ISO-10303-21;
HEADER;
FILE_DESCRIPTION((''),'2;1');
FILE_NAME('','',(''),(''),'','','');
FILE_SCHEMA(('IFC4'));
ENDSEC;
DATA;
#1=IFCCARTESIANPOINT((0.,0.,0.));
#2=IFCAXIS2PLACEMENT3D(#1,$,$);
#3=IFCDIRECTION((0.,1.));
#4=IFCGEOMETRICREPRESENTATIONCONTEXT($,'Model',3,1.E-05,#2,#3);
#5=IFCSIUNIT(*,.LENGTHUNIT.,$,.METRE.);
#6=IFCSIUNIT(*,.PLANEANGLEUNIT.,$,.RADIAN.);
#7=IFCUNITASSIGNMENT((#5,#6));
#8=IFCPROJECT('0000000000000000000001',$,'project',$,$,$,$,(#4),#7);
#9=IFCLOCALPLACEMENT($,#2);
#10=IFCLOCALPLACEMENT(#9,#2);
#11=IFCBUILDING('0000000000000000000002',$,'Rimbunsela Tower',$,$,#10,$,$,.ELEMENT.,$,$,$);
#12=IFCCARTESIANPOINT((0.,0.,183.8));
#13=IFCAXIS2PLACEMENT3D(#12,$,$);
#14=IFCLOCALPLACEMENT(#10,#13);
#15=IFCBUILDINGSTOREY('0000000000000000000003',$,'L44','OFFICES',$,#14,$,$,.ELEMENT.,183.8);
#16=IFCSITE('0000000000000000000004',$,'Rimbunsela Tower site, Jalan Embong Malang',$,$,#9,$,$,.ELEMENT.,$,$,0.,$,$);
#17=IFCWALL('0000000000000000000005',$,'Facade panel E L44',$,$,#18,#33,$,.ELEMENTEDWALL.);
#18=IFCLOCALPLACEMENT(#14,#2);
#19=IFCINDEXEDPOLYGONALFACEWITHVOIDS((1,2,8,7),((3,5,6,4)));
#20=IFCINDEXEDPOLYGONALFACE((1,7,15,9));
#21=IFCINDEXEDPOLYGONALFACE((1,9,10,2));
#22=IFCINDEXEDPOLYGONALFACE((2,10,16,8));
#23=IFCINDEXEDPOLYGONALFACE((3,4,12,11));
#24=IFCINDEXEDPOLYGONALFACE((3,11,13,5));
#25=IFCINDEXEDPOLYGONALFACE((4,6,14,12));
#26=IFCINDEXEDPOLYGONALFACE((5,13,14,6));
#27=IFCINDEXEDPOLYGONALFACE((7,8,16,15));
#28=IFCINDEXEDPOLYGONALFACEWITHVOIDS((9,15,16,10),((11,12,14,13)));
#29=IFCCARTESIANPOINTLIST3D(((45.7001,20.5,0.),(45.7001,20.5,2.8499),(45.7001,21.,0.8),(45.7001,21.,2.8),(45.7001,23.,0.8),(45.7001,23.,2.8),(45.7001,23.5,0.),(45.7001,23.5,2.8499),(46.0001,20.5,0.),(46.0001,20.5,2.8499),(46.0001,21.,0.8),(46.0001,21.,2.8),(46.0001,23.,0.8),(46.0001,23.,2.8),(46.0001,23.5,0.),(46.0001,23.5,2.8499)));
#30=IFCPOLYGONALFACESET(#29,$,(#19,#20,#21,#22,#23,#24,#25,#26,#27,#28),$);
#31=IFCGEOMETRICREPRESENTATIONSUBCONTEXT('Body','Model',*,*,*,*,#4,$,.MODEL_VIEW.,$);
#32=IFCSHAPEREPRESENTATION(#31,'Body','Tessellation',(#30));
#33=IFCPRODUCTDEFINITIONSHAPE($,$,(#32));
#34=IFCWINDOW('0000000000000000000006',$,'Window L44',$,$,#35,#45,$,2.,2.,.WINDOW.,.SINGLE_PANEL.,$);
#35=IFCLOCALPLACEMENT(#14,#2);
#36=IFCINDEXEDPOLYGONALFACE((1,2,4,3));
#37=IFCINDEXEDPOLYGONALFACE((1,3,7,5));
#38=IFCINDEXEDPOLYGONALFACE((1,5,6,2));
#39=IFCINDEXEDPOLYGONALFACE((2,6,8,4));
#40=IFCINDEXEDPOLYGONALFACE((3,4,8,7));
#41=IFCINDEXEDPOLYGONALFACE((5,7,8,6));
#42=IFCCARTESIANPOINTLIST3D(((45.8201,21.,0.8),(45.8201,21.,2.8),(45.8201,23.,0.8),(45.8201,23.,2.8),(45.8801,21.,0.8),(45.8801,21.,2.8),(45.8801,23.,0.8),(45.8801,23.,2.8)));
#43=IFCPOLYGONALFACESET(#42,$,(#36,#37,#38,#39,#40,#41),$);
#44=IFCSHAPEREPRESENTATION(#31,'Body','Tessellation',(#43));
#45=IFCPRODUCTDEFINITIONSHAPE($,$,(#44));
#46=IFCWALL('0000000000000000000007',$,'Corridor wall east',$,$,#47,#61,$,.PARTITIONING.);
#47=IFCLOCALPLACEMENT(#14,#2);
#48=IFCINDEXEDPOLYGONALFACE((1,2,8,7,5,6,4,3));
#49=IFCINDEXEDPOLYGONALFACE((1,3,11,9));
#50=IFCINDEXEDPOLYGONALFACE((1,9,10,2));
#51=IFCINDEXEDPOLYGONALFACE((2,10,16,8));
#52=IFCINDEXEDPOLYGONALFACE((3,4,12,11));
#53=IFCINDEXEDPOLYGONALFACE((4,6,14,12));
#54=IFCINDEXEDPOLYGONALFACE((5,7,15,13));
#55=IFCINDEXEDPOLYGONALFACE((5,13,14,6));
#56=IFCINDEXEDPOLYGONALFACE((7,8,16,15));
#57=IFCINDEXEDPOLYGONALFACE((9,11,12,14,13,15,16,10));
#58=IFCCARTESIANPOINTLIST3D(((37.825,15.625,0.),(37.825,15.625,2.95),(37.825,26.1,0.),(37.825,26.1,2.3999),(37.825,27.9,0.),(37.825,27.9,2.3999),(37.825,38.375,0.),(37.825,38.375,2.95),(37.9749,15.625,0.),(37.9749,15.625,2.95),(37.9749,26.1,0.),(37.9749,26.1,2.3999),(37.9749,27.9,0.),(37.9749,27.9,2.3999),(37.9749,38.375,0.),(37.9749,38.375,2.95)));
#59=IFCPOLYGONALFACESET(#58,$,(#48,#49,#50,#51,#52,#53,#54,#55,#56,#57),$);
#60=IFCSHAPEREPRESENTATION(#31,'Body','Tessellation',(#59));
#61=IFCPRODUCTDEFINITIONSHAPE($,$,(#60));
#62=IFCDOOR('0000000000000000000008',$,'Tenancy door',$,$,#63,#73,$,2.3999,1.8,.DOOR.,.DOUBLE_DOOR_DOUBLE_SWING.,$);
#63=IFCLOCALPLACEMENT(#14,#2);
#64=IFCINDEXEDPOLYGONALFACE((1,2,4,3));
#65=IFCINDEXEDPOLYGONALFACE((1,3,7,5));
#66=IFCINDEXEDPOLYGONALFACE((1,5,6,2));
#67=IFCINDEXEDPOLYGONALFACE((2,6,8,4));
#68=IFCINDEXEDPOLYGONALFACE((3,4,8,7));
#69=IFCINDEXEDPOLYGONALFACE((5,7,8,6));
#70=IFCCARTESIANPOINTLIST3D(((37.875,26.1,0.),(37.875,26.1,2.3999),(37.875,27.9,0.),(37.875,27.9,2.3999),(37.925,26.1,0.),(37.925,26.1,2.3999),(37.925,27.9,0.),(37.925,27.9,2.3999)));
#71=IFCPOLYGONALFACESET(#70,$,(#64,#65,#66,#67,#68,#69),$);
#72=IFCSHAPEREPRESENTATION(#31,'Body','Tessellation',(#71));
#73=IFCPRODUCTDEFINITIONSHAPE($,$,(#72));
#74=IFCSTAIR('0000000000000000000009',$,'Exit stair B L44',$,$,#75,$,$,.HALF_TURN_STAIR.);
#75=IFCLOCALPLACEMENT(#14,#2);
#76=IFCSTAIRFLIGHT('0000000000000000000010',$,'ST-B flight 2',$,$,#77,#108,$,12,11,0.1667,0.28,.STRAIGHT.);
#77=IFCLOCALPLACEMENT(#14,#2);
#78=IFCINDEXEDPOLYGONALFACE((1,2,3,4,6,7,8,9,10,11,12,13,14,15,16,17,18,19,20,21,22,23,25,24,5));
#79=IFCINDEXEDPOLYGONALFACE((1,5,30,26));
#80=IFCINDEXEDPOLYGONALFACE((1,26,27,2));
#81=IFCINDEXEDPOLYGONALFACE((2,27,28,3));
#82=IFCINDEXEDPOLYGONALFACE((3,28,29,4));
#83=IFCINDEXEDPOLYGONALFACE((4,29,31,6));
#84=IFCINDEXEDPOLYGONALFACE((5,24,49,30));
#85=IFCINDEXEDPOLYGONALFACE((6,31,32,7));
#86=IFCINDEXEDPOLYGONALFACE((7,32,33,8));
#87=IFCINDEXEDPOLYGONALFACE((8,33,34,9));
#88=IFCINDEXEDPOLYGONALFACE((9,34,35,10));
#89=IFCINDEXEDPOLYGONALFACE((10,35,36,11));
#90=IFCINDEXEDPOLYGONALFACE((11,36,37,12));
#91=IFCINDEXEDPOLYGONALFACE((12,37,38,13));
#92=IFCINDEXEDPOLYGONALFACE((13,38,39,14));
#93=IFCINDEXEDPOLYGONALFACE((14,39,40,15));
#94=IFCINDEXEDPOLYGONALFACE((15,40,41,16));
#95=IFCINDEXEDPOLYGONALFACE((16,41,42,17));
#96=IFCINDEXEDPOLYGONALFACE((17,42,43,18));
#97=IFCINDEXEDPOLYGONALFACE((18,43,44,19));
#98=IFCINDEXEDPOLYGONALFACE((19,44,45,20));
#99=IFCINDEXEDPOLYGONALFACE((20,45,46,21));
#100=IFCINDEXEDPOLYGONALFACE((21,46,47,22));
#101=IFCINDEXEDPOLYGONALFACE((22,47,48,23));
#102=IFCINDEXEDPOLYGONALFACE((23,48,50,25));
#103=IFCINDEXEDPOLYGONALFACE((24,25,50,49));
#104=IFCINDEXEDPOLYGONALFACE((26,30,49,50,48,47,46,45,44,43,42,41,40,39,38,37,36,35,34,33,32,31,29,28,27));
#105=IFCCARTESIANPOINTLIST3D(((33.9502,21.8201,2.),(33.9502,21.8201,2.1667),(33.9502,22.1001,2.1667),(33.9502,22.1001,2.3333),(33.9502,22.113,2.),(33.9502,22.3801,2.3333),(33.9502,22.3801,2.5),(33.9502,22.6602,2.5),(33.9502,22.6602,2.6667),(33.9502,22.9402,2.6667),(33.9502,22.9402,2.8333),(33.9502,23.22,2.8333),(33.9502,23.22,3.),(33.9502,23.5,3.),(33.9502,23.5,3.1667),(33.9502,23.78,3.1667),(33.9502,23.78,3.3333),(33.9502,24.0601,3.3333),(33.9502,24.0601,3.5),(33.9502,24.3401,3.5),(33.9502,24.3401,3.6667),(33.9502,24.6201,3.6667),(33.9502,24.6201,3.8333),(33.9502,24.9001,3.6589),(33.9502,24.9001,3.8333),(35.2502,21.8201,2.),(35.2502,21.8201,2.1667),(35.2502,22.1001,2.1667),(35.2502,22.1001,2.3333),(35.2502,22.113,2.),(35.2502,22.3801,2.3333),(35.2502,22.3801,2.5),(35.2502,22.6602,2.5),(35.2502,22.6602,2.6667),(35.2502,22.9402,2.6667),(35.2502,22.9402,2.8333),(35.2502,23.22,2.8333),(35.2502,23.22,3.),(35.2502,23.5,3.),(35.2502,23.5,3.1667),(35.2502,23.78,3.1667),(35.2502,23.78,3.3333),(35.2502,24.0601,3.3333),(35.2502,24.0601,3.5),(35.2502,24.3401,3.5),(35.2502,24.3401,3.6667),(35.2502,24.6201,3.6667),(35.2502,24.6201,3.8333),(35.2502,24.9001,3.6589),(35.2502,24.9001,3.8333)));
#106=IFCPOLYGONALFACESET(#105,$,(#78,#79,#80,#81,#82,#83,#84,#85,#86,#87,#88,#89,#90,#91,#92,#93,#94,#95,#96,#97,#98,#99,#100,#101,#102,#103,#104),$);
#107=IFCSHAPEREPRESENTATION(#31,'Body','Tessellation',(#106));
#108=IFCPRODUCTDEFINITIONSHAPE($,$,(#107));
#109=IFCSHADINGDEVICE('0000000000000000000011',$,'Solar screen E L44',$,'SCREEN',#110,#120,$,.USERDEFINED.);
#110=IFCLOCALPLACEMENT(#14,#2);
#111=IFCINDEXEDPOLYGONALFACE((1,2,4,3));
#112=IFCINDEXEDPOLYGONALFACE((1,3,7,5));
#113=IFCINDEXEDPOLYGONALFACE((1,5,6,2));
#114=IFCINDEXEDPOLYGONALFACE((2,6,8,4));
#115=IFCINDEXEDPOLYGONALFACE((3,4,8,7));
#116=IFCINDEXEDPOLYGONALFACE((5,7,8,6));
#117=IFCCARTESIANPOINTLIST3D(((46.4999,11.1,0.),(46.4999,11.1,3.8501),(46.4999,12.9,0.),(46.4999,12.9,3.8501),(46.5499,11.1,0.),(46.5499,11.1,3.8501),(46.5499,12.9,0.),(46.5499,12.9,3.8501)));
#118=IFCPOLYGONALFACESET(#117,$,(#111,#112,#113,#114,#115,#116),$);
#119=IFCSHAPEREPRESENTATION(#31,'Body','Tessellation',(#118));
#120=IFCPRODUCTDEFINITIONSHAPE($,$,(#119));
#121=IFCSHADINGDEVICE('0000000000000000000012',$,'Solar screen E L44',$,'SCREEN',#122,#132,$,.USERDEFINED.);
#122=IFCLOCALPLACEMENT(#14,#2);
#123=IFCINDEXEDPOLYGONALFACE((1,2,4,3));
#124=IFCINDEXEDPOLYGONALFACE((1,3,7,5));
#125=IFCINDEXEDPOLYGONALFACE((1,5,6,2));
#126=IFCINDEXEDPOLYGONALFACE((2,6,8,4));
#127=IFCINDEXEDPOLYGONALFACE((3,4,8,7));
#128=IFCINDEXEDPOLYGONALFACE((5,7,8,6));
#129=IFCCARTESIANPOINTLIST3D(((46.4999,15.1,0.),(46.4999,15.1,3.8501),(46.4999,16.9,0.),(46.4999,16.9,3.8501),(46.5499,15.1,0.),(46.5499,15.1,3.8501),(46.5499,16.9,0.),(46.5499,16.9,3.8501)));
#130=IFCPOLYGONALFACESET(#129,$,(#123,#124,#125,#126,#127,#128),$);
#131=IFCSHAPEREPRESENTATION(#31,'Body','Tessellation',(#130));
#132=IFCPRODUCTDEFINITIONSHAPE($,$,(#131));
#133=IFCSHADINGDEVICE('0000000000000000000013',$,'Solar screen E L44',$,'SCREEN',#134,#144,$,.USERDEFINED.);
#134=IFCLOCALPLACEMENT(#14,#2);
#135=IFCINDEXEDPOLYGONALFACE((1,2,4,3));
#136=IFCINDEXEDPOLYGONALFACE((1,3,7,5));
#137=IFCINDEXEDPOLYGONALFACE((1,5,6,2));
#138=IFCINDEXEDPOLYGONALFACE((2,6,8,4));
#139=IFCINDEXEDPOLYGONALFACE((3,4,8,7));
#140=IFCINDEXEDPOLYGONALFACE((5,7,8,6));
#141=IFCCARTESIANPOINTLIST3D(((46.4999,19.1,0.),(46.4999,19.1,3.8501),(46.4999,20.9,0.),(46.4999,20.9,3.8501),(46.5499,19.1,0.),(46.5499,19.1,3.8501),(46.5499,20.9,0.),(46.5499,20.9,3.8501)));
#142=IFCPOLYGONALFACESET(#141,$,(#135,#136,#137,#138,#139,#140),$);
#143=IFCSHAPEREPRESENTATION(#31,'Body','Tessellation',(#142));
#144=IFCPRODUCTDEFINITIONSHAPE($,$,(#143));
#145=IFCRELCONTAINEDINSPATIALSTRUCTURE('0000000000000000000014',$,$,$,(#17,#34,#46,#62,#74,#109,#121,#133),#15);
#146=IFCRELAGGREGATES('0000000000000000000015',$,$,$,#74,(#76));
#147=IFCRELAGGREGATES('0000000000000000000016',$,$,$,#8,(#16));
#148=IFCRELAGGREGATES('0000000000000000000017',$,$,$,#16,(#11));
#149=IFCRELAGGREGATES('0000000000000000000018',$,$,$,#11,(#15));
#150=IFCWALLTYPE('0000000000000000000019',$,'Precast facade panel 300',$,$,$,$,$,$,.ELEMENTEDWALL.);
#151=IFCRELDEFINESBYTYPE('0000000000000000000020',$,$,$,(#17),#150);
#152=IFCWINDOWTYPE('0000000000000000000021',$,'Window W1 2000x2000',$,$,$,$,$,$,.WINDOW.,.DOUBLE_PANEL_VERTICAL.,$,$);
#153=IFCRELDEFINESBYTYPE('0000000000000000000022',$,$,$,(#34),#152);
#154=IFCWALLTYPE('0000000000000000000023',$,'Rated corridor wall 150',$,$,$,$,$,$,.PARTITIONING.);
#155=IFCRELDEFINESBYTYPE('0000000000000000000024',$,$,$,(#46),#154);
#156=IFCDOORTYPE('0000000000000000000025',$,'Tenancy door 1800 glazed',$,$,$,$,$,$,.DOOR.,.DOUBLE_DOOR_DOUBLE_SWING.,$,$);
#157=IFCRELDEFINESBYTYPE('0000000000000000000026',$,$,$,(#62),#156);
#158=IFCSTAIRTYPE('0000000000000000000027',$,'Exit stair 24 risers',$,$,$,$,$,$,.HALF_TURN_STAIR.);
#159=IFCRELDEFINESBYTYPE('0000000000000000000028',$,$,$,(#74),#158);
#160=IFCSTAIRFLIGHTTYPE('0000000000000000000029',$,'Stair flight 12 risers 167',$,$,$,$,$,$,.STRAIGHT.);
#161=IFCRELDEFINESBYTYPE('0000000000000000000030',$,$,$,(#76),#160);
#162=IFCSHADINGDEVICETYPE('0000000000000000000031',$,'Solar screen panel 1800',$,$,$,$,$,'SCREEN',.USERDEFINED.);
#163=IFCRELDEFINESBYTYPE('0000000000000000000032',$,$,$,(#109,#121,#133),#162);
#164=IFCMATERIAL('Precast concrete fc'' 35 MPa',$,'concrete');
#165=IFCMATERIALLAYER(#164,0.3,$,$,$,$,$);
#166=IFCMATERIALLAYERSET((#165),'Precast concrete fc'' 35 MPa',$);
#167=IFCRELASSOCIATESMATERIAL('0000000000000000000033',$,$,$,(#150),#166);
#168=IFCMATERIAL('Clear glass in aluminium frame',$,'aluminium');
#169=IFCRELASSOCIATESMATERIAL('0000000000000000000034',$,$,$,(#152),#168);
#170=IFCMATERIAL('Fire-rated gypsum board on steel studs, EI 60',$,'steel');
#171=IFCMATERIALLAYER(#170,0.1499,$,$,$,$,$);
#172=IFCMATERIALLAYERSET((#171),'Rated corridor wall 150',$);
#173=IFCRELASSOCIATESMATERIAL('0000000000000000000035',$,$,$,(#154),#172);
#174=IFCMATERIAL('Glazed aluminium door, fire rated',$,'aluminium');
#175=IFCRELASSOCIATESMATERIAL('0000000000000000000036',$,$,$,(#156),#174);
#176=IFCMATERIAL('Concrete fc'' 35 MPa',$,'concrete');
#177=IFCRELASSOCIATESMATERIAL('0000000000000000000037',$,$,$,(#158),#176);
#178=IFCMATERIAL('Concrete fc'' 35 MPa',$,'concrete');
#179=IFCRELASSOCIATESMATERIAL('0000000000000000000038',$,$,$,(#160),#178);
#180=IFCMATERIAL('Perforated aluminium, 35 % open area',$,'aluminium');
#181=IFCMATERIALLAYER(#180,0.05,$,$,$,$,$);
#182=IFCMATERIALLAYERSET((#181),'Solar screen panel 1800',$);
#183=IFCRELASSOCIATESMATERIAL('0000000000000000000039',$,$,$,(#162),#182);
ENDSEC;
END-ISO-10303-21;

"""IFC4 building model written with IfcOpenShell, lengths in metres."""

from ifc_helpers import new_model, si_unit, direction, frame, frame_2d, origin, origin_2d, place, context, subcontext, project, spatial, polyline, rectangle, outline, extrude, material, layer, layer_set, type_object, element, fill, aggregate, save


model = new_model("IFC4")

# Units and contexts
model_context = context("Model", 3, precision=1e-05, world=origin(), true_north=direction((0.0, 1.0)))
body_context = subcontext(model_context, "Body", "Model", "MODEL_VIEW")
ifc_project = project(units=[si_unit("LENGTHUNIT", "METRE"), si_unit("PLANEANGLEUNIT", "RADIAN")], contexts=[model_context])

# Site, building, storey
site_placement = place(None, origin())
site = spatial("IfcSite", under=ifc_project, at=site_placement, Name="Rimbunsela Tower site, Jalan Embong Malang", CompositionType="ELEMENT", RefElevation=0.0)
building_placement = place(site_placement, origin())
building = spatial("IfcBuilding", under=site, at=building_placement, Name="Rimbunsela Tower", CompositionType="ELEMENT")
storey_placement = place(building_placement, frame((0.0, 0.0, 183.8)))
storey = spatial("IfcBuildingStorey", under=building, at=storey_placement, Name="L44", Description="OFFICES", CompositionType="ELEMENT", Elevation=183.8)

# Shared definitions
ifc_material_1 = material(Name="Precast concrete fc' 35 MPa", Category="concrete")
ifc_layer_1 = layer(ifc_material_1, 0.3)
ifc_layer_set_1 = layer_set([ifc_layer_1], Name="Precast concrete fc' 35 MPa")
wall_type_1 = type_object("IfcWallType", Name="Precast facade panel 300", PredefinedType="ELEMENTEDWALL", material=ifc_layer_set_1)

# Wall, opening, window
ifc_material_2 = material(Name="Clear glass in aluminium frame", Category="aluminium")
window_type = type_object("IfcWindowType", Name="Window W1 2000x2000", PartitioningType="DOUBLE_PANEL_VERTICAL", PredefinedType="WINDOW", material=ifc_material_2)
wall_1_placement = place(storey_placement, frame((45.8501, 20.5, 0.0), z_axis=(0.0, 0.0, 1.0), x_axis=(0.0, 1.0, 0.0)))
wall_1 = element("IfcWall", 1, at=wall_1_placement, inside=storey, type_object=wall_type_1, Name="Facade panel E L44", PredefinedType="ELEMENTEDWALL", context=body_context, shape_type="SweptSolid", body=[
    extrude(rectangle(XDim=3.0, YDim=0.3, at=frame_2d((1.5, 0.0))), origin(), (0.0, 0.0, 1.0), 2.8499),
])
opening_1_placement = place(wall_1_placement, frame((0.5, 0.0, 0.8)))
opening_1 = element("IfcOpeningElement", 2, at=opening_1_placement, cuts=wall_1, PredefinedType="OPENING", context=body_context, shape_type="SweptSolid", body=[
    extrude(rectangle(XDim=2.0, YDim=2.0, at=frame_2d((1.0, 1.0))), frame((0.0, 0.1599, 0.0), z_axis=(0.0, -1.0, 0.0), x_axis=(1.0, 0.0, 0.0)), (0.0, 0.0, 1.0), 0.3201),
])
window_1_placement = place(opening_1_placement, origin())
window_1 = element("IfcWindow", 3, at=window_1_placement, inside=storey, type_object=window_type, Name="Window L44", OverallHeight=2.0, OverallWidth=2.0, PartitioningType="SINGLE_PANEL", PredefinedType="WINDOW", context=body_context, shape_type="SweptSolid", body=[
    extrude(rectangle(XDim=2.0, YDim=2.0, at=frame_2d((1.0, 1.0))), frame((0.0, 0.03, 0.0), z_axis=(0.0, -1.0, 0.0), x_axis=(1.0, 0.0, 0.0)), (0.0, 0.0, 1.0), 0.0601),
])
fill(opening_1, window_1)

# Wall, opening, door
ifc_material_3 = material(Name="Fire-rated gypsum board on steel studs, EI 60", Category="steel")
ifc_layer_2 = layer(ifc_material_3, 0.1499)
ifc_layer_set_2 = layer_set([ifc_layer_2], Name="Rated corridor wall 150")
wall_type_2 = type_object("IfcWallType", Name="Rated corridor wall 150", PredefinedType="PARTITIONING", material=ifc_layer_set_2)
wall_2_placement = place(storey_placement, frame((37.8999, 15.625, 0.0), z_axis=(0.0, 0.0, 1.0), x_axis=(0.0, 1.0, 0.0)))
wall_2 = element("IfcWall", 4, at=wall_2_placement, inside=storey, type_object=wall_type_2, Name="Corridor wall east", PredefinedType="PARTITIONING", context=body_context, shape_type="SweptSolid", body=[
    extrude(rectangle(XDim=22.75, YDim=0.1499, at=frame_2d((11.375, 0.0))), origin(), (0.0, 0.0, 1.0), 2.95),
])
opening_2_placement = place(wall_2_placement, frame((10.4751, 0.0, 0.0)))
opening_2 = element("IfcOpeningElement", 5, at=opening_2_placement, cuts=wall_2, PredefinedType="OPENING", context=body_context, shape_type="SweptSolid", body=[
    extrude(rectangle(XDim=1.8, YDim=2.3999, at=frame_2d((0.8999, 1.2))), frame((0.0, 0.085, 0.0), z_axis=(0.0, -1.0, 0.0), x_axis=(1.0, 0.0, 0.0)), (0.0, 0.0, 1.0), 0.1699),
])
ifc_material_4 = material(Name="Glazed aluminium door, fire rated", Category="aluminium")
door_type_1 = type_object("IfcDoorType", Name="Tenancy door 1800 glazed", OperationType="DOUBLE_DOOR_DOUBLE_SWING", PredefinedType="DOOR", material=ifc_material_4)
door_1_placement = place(opening_2_placement, origin())
door_1 = element("IfcDoor", 6, at=door_1_placement, inside=storey, type_object=door_type_1, Name="Tenancy door", OperationType="DOUBLE_DOOR_DOUBLE_SWING", OverallHeight=2.3999, OverallWidth=1.8, PredefinedType="DOOR", context=body_context, shape_type="SweptSolid", body=[
    extrude(rectangle(XDim=1.8, YDim=2.3999, at=frame_2d((0.8999, 1.2))), frame((0.0, 0.0249, 0.0), z_axis=(0.0, -1.0, 0.0), x_axis=(1.0, 0.0, 0.0)), (0.0, 0.0, 1.0), 0.05),
])
fill(opening_2, door_1)

# Stair, stair flight
ifc_material_5 = material(Name="Concrete fc' 35 MPa", Category="concrete")
stair_type = type_object("IfcStairType", Name="Exit stair 24 risers", PredefinedType="HALF_TURN_STAIR", material=ifc_material_5)
stair_placement = place(storey_placement, origin())
stair = element("IfcStair", 7, at=stair_placement, inside=storey, type_object=stair_type, Name="Exit stair B L44", PredefinedType="HALF_TURN_STAIR")
ifc_material_6 = material(Name="Concrete fc' 35 MPa", Category="concrete")
stair_flight_type = type_object("IfcStairFlightType", Name="Stair flight 12 risers 167", PredefinedType="STRAIGHT", material=ifc_material_6)
stair_flight_placement = place(storey_placement, frame((34.6001, 21.8201, 2.0), z_axis=(0.0, 0.0, 1.0), x_axis=(0.0, 1.0, 0.0)))
stair_flight = element("IfcStairFlight", 8, at=stair_flight_placement, type_object=stair_flight_type, Name="ST-B flight 2", NumberOfRisers=12, NumberOfTreads=11, PredefinedType="STRAIGHT", RiserHeight=0.1667, TreadLength=0.28, context=body_context, shape_type="SweptSolid", body=[
    extrude(outline(polyline([(0.0, 0.0), (0.0, 0.1667), (0.28, 0.1667), (0.28, 0.3333), (0.5601, 0.3333), (0.5601, 0.5), (0.8401, 0.5), (0.8401, 0.6667), (1.1201, 0.6667), (1.1201, 0.8333), (1.3999, 0.8333), (1.3999, 1.0), (1.6799, 1.0), (1.6799, 1.1667), (1.96, 1.1667), (1.96, 1.3333), (2.24, 1.3333), (2.24, 1.5), (2.52, 1.5), (2.52, 1.6667), (2.8, 1.6667), (2.8, 1.8333), (3.0801, 1.8333), (3.0801, 2.0), (3.0801, 1.6589), (0.293, 0.0), (0.0, 0.0)])), frame((0.0, 0.6499, 0.0), z_axis=(0.0, -1.0, 0.0), x_axis=(1.0, 0.0, 0.0)), (0.0, 0.0, 1.0), 1.3),
])
aggregate(stair, [stair_flight])

# Shading devices
ifc_material_7 = material(Name="Perforated aluminium, 35 % open area", Category="aluminium")
ifc_layer_3 = layer(ifc_material_7, 0.05)
ifc_layer_set_3 = layer_set([ifc_layer_3], Name="Solar screen panel 1800")
shading_device_type = type_object("IfcShadingDeviceType", Name="Solar screen panel 1800", ElementType="SCREEN", PredefinedType="USERDEFINED", material=ifc_layer_set_3)
for number, where, z_axis, x_axis, name in (
    (9, (46.5249, 12.0, 0.0), (0.0, 0.0, 1.0), (0.0, 1.0, 0.0), "Solar screen E L44"),
    (10, (46.5249, 16.0, 0.0), (0.0, 0.0, 1.0), (0.0, 1.0, 0.0), "Solar screen E L44"),
    (11, (46.5249, 20.0, 0.0), (0.0, 0.0, 1.0), (0.0, 1.0, 0.0), "Solar screen E L44"),
):
    element("IfcShadingDevice", number, at=place(storey_placement, frame(where, z_axis=z_axis, x_axis=x_axis)), inside=storey, type_object=shading_device_type, Name=name, ObjectType="SCREEN", PredefinedType="USERDEFINED", context=body_context, shape_type="SweptSolid", body=[
        extrude(rectangle(XDim=1.8, YDim=0.05, at=origin_2d()), origin(), (0.0, 0.0, 1.0), 3.8501),
    ])

save(model, "model.ifc")
